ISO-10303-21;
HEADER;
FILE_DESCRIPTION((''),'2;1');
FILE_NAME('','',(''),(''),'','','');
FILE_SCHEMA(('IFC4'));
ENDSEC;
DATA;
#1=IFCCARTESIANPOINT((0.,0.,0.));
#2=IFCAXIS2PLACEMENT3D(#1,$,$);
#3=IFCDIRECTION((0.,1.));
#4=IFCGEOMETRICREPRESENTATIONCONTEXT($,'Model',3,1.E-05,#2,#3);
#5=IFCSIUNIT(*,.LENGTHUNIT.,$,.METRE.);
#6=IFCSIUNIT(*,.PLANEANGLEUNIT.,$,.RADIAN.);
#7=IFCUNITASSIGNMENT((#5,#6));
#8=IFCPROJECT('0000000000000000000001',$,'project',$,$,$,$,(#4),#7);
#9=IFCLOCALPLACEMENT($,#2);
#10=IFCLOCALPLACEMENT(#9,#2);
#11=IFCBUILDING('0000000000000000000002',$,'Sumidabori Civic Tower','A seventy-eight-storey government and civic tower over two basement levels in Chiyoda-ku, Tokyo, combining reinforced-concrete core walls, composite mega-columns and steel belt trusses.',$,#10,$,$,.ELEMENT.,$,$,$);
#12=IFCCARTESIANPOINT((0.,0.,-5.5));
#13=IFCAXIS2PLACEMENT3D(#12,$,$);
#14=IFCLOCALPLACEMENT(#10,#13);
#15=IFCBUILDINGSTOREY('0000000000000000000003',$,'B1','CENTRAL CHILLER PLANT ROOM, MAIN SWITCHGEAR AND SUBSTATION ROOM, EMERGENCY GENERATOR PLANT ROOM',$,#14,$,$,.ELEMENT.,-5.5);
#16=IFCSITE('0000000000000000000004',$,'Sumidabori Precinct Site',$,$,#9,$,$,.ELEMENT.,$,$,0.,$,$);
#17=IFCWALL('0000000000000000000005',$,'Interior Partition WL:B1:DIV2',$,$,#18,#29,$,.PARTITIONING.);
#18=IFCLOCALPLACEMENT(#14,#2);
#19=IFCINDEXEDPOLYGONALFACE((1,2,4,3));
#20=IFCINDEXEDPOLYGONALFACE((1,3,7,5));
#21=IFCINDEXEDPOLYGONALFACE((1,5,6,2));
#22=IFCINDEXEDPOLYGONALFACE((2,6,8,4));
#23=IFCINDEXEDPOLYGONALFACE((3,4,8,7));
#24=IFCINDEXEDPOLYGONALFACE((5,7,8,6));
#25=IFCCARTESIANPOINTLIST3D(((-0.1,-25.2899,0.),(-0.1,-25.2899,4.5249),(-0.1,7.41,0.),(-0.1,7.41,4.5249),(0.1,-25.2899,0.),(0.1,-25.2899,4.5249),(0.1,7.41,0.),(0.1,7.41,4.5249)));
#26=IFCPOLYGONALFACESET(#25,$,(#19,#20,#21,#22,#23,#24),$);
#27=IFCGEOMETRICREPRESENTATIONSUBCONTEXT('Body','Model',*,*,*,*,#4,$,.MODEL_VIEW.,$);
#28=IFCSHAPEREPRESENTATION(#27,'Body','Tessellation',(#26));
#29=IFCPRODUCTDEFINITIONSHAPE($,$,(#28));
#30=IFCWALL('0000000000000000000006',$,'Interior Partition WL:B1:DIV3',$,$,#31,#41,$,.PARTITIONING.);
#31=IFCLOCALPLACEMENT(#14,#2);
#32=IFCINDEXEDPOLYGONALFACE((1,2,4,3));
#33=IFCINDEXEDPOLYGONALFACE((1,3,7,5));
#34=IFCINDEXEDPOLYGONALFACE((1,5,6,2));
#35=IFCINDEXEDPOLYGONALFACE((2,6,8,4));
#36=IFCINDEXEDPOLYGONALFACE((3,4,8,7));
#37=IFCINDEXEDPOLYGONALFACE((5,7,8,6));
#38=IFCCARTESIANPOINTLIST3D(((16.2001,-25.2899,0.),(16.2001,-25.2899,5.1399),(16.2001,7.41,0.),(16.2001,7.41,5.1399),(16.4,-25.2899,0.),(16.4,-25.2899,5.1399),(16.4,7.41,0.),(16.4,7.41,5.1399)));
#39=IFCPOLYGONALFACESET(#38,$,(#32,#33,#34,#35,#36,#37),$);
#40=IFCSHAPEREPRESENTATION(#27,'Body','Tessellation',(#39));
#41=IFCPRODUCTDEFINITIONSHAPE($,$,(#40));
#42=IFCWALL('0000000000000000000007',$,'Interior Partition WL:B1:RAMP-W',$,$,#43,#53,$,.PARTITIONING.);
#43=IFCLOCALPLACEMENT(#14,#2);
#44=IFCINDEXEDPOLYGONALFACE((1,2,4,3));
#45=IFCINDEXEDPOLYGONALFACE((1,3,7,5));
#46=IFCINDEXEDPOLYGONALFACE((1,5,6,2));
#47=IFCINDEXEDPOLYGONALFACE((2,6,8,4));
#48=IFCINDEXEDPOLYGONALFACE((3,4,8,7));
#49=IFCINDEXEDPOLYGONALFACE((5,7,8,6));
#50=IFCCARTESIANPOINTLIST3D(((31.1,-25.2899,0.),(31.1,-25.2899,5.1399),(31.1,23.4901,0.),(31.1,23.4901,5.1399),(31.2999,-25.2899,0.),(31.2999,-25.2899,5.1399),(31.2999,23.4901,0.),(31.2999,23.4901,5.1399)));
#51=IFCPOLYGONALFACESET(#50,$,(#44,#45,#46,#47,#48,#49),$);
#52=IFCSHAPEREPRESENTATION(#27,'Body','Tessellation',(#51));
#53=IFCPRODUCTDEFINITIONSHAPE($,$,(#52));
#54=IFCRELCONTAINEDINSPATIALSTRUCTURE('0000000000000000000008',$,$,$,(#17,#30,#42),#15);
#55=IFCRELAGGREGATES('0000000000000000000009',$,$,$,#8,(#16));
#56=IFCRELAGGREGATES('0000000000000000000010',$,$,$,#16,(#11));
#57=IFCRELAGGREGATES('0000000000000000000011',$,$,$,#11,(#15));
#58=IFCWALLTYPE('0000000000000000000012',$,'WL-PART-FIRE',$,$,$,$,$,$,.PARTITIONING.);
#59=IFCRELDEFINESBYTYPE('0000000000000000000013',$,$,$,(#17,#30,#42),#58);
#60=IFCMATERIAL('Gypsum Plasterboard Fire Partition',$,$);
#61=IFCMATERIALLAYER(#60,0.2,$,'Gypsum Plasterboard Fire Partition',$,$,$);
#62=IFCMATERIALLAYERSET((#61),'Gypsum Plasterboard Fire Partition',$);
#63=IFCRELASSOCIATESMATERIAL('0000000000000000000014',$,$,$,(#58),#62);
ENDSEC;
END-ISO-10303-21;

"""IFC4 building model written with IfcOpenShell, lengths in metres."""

from ifc_helpers import new_model, si_unit, direction, frame, frame_2d, origin, place, context, subcontext, project, spatial, rectangle, extrude, source, transform, mapped, material, layer, layer_set, type_object, element, save


model = new_model("IFC4")

# Units and contexts
model_context = context("Model", 3, precision=1e-05, world=origin(), true_north=direction((0.0, 1.0)))
body_context = subcontext(model_context, "Body", "Model", "MODEL_VIEW")
ifc_project = project(units=[si_unit("LENGTHUNIT", "METRE"), si_unit("PLANEANGLEUNIT", "RADIAN")], contexts=[model_context])

# Site, building, storey
site_placement = place(None, origin())
site = spatial("IfcSite", under=ifc_project, at=site_placement, Name="Sumidabori Precinct Site", CompositionType="ELEMENT", RefElevation=0.0)
building_placement = place(site_placement, origin())
building = spatial("IfcBuilding", under=site, at=building_placement, Name="Sumidabori Civic Tower", Description="A seventy-eight-storey government and civic tower over two basement levels in Chiyoda-ku, Tokyo, combining reinforced-concrete core walls, composite mega-columns and steel belt trusses.", CompositionType="ELEMENT")
storey_placement = place(building_placement, frame((0.0, 0.0, -5.5)))
storey = spatial("IfcBuildingStorey", under=building, at=storey_placement, Name="B1", Description="CENTRAL CHILLER PLANT ROOM, MAIN SWITCHGEAR AND SUBSTATION ROOM, EMERGENCY GENERATOR PLANT ROOM", CompositionType="ELEMENT", Elevation=-5.5)

# Walls
ifc_material_1 = material(Name="Gypsum Plasterboard Fire Partition")
ifc_layer_1 = layer(ifc_material_1, 0.2, Name="Gypsum Plasterboard Fire Partition")
ifc_layer_set_1 = layer_set([ifc_layer_1], Name="Gypsum Plasterboard Fire Partition")
wall_type_1 = type_object("IfcWallType", Name="WL-PART-FIRE", PredefinedType="PARTITIONING", material=ifc_layer_set_1)
shared_shape_1 = source(origin(), body_context, "Body", "SweptSolid", [
    extrude(rectangle(XDim=32.7, YDim=0.2, at=frame_2d((16.3501, 0.0))), origin(), (0.0, 0.0, 1.0), 4.5249),
])
wall_1_placement = place(storey_placement, frame((0.0, -25.29, 0.0), z_axis=(0.0, 0.0, 1.0), x_axis=(0.0, 1.0, 0.0)))
element("IfcWall", 1, at=wall_1_placement, inside=storey, type_object=wall_type_1, Name="Interior Partition WL:B1:DIV2", PredefinedType="PARTITIONING", context=body_context, shape_type="MappedRepresentation", body=[
    mapped(shared_shape_1, transform((0.0, 0.0, 0.0), x_axis=(1.0, 0.0, 0.0), y_axis=(0.0, 1.0, 0.0), z_axis=(0.0, 0.0, 1.0), scale=1.0)),
])
shared_shape_2 = source(origin(), body_context, "Body", "SweptSolid", [
    extrude(rectangle(XDim=32.7, YDim=0.2, at=frame_2d((16.3501, 0.0))), origin(), (0.0, 0.0, 1.0), 5.1399),
])
wall_2_placement = place(storey_placement, frame((16.3, -25.29, 0.0), z_axis=(0.0, 0.0, 1.0), x_axis=(0.0, 1.0, 0.0)))
element("IfcWall", 2, at=wall_2_placement, inside=storey, type_object=wall_type_1, Name="Interior Partition WL:B1:DIV3", PredefinedType="PARTITIONING", context=body_context, shape_type="MappedRepresentation", body=[
    mapped(shared_shape_2, transform((0.0, 0.0, 0.0), x_axis=(1.0, 0.0, 0.0), y_axis=(0.0, 1.0, 0.0), z_axis=(0.0, 0.0, 1.0), scale=1.0)),
])
shared_shape_3 = source(origin(), body_context, "Body", "SweptSolid", [
    extrude(rectangle(XDim=48.78, YDim=0.2, at=frame_2d((24.3901, 0.0))), origin(), (0.0, 0.0, 1.0), 5.1399),
])
wall_3_placement = place(storey_placement, frame((31.2, -25.29, 0.0), z_axis=(0.0, 0.0, 1.0), x_axis=(0.0, 1.0, 0.0)))
element("IfcWall", 3, at=wall_3_placement, inside=storey, type_object=wall_type_1, Name="Interior Partition WL:B1:RAMP-W", PredefinedType="PARTITIONING", context=body_context, shape_type="MappedRepresentation", body=[
    mapped(shared_shape_3, transform((0.0, 0.0, 0.0), x_axis=(1.0, 0.0, 0.0), y_axis=(0.0, 1.0, 0.0), z_axis=(0.0, 0.0, 1.0), scale=1.0)),
])

save(model, "model.ifc")
